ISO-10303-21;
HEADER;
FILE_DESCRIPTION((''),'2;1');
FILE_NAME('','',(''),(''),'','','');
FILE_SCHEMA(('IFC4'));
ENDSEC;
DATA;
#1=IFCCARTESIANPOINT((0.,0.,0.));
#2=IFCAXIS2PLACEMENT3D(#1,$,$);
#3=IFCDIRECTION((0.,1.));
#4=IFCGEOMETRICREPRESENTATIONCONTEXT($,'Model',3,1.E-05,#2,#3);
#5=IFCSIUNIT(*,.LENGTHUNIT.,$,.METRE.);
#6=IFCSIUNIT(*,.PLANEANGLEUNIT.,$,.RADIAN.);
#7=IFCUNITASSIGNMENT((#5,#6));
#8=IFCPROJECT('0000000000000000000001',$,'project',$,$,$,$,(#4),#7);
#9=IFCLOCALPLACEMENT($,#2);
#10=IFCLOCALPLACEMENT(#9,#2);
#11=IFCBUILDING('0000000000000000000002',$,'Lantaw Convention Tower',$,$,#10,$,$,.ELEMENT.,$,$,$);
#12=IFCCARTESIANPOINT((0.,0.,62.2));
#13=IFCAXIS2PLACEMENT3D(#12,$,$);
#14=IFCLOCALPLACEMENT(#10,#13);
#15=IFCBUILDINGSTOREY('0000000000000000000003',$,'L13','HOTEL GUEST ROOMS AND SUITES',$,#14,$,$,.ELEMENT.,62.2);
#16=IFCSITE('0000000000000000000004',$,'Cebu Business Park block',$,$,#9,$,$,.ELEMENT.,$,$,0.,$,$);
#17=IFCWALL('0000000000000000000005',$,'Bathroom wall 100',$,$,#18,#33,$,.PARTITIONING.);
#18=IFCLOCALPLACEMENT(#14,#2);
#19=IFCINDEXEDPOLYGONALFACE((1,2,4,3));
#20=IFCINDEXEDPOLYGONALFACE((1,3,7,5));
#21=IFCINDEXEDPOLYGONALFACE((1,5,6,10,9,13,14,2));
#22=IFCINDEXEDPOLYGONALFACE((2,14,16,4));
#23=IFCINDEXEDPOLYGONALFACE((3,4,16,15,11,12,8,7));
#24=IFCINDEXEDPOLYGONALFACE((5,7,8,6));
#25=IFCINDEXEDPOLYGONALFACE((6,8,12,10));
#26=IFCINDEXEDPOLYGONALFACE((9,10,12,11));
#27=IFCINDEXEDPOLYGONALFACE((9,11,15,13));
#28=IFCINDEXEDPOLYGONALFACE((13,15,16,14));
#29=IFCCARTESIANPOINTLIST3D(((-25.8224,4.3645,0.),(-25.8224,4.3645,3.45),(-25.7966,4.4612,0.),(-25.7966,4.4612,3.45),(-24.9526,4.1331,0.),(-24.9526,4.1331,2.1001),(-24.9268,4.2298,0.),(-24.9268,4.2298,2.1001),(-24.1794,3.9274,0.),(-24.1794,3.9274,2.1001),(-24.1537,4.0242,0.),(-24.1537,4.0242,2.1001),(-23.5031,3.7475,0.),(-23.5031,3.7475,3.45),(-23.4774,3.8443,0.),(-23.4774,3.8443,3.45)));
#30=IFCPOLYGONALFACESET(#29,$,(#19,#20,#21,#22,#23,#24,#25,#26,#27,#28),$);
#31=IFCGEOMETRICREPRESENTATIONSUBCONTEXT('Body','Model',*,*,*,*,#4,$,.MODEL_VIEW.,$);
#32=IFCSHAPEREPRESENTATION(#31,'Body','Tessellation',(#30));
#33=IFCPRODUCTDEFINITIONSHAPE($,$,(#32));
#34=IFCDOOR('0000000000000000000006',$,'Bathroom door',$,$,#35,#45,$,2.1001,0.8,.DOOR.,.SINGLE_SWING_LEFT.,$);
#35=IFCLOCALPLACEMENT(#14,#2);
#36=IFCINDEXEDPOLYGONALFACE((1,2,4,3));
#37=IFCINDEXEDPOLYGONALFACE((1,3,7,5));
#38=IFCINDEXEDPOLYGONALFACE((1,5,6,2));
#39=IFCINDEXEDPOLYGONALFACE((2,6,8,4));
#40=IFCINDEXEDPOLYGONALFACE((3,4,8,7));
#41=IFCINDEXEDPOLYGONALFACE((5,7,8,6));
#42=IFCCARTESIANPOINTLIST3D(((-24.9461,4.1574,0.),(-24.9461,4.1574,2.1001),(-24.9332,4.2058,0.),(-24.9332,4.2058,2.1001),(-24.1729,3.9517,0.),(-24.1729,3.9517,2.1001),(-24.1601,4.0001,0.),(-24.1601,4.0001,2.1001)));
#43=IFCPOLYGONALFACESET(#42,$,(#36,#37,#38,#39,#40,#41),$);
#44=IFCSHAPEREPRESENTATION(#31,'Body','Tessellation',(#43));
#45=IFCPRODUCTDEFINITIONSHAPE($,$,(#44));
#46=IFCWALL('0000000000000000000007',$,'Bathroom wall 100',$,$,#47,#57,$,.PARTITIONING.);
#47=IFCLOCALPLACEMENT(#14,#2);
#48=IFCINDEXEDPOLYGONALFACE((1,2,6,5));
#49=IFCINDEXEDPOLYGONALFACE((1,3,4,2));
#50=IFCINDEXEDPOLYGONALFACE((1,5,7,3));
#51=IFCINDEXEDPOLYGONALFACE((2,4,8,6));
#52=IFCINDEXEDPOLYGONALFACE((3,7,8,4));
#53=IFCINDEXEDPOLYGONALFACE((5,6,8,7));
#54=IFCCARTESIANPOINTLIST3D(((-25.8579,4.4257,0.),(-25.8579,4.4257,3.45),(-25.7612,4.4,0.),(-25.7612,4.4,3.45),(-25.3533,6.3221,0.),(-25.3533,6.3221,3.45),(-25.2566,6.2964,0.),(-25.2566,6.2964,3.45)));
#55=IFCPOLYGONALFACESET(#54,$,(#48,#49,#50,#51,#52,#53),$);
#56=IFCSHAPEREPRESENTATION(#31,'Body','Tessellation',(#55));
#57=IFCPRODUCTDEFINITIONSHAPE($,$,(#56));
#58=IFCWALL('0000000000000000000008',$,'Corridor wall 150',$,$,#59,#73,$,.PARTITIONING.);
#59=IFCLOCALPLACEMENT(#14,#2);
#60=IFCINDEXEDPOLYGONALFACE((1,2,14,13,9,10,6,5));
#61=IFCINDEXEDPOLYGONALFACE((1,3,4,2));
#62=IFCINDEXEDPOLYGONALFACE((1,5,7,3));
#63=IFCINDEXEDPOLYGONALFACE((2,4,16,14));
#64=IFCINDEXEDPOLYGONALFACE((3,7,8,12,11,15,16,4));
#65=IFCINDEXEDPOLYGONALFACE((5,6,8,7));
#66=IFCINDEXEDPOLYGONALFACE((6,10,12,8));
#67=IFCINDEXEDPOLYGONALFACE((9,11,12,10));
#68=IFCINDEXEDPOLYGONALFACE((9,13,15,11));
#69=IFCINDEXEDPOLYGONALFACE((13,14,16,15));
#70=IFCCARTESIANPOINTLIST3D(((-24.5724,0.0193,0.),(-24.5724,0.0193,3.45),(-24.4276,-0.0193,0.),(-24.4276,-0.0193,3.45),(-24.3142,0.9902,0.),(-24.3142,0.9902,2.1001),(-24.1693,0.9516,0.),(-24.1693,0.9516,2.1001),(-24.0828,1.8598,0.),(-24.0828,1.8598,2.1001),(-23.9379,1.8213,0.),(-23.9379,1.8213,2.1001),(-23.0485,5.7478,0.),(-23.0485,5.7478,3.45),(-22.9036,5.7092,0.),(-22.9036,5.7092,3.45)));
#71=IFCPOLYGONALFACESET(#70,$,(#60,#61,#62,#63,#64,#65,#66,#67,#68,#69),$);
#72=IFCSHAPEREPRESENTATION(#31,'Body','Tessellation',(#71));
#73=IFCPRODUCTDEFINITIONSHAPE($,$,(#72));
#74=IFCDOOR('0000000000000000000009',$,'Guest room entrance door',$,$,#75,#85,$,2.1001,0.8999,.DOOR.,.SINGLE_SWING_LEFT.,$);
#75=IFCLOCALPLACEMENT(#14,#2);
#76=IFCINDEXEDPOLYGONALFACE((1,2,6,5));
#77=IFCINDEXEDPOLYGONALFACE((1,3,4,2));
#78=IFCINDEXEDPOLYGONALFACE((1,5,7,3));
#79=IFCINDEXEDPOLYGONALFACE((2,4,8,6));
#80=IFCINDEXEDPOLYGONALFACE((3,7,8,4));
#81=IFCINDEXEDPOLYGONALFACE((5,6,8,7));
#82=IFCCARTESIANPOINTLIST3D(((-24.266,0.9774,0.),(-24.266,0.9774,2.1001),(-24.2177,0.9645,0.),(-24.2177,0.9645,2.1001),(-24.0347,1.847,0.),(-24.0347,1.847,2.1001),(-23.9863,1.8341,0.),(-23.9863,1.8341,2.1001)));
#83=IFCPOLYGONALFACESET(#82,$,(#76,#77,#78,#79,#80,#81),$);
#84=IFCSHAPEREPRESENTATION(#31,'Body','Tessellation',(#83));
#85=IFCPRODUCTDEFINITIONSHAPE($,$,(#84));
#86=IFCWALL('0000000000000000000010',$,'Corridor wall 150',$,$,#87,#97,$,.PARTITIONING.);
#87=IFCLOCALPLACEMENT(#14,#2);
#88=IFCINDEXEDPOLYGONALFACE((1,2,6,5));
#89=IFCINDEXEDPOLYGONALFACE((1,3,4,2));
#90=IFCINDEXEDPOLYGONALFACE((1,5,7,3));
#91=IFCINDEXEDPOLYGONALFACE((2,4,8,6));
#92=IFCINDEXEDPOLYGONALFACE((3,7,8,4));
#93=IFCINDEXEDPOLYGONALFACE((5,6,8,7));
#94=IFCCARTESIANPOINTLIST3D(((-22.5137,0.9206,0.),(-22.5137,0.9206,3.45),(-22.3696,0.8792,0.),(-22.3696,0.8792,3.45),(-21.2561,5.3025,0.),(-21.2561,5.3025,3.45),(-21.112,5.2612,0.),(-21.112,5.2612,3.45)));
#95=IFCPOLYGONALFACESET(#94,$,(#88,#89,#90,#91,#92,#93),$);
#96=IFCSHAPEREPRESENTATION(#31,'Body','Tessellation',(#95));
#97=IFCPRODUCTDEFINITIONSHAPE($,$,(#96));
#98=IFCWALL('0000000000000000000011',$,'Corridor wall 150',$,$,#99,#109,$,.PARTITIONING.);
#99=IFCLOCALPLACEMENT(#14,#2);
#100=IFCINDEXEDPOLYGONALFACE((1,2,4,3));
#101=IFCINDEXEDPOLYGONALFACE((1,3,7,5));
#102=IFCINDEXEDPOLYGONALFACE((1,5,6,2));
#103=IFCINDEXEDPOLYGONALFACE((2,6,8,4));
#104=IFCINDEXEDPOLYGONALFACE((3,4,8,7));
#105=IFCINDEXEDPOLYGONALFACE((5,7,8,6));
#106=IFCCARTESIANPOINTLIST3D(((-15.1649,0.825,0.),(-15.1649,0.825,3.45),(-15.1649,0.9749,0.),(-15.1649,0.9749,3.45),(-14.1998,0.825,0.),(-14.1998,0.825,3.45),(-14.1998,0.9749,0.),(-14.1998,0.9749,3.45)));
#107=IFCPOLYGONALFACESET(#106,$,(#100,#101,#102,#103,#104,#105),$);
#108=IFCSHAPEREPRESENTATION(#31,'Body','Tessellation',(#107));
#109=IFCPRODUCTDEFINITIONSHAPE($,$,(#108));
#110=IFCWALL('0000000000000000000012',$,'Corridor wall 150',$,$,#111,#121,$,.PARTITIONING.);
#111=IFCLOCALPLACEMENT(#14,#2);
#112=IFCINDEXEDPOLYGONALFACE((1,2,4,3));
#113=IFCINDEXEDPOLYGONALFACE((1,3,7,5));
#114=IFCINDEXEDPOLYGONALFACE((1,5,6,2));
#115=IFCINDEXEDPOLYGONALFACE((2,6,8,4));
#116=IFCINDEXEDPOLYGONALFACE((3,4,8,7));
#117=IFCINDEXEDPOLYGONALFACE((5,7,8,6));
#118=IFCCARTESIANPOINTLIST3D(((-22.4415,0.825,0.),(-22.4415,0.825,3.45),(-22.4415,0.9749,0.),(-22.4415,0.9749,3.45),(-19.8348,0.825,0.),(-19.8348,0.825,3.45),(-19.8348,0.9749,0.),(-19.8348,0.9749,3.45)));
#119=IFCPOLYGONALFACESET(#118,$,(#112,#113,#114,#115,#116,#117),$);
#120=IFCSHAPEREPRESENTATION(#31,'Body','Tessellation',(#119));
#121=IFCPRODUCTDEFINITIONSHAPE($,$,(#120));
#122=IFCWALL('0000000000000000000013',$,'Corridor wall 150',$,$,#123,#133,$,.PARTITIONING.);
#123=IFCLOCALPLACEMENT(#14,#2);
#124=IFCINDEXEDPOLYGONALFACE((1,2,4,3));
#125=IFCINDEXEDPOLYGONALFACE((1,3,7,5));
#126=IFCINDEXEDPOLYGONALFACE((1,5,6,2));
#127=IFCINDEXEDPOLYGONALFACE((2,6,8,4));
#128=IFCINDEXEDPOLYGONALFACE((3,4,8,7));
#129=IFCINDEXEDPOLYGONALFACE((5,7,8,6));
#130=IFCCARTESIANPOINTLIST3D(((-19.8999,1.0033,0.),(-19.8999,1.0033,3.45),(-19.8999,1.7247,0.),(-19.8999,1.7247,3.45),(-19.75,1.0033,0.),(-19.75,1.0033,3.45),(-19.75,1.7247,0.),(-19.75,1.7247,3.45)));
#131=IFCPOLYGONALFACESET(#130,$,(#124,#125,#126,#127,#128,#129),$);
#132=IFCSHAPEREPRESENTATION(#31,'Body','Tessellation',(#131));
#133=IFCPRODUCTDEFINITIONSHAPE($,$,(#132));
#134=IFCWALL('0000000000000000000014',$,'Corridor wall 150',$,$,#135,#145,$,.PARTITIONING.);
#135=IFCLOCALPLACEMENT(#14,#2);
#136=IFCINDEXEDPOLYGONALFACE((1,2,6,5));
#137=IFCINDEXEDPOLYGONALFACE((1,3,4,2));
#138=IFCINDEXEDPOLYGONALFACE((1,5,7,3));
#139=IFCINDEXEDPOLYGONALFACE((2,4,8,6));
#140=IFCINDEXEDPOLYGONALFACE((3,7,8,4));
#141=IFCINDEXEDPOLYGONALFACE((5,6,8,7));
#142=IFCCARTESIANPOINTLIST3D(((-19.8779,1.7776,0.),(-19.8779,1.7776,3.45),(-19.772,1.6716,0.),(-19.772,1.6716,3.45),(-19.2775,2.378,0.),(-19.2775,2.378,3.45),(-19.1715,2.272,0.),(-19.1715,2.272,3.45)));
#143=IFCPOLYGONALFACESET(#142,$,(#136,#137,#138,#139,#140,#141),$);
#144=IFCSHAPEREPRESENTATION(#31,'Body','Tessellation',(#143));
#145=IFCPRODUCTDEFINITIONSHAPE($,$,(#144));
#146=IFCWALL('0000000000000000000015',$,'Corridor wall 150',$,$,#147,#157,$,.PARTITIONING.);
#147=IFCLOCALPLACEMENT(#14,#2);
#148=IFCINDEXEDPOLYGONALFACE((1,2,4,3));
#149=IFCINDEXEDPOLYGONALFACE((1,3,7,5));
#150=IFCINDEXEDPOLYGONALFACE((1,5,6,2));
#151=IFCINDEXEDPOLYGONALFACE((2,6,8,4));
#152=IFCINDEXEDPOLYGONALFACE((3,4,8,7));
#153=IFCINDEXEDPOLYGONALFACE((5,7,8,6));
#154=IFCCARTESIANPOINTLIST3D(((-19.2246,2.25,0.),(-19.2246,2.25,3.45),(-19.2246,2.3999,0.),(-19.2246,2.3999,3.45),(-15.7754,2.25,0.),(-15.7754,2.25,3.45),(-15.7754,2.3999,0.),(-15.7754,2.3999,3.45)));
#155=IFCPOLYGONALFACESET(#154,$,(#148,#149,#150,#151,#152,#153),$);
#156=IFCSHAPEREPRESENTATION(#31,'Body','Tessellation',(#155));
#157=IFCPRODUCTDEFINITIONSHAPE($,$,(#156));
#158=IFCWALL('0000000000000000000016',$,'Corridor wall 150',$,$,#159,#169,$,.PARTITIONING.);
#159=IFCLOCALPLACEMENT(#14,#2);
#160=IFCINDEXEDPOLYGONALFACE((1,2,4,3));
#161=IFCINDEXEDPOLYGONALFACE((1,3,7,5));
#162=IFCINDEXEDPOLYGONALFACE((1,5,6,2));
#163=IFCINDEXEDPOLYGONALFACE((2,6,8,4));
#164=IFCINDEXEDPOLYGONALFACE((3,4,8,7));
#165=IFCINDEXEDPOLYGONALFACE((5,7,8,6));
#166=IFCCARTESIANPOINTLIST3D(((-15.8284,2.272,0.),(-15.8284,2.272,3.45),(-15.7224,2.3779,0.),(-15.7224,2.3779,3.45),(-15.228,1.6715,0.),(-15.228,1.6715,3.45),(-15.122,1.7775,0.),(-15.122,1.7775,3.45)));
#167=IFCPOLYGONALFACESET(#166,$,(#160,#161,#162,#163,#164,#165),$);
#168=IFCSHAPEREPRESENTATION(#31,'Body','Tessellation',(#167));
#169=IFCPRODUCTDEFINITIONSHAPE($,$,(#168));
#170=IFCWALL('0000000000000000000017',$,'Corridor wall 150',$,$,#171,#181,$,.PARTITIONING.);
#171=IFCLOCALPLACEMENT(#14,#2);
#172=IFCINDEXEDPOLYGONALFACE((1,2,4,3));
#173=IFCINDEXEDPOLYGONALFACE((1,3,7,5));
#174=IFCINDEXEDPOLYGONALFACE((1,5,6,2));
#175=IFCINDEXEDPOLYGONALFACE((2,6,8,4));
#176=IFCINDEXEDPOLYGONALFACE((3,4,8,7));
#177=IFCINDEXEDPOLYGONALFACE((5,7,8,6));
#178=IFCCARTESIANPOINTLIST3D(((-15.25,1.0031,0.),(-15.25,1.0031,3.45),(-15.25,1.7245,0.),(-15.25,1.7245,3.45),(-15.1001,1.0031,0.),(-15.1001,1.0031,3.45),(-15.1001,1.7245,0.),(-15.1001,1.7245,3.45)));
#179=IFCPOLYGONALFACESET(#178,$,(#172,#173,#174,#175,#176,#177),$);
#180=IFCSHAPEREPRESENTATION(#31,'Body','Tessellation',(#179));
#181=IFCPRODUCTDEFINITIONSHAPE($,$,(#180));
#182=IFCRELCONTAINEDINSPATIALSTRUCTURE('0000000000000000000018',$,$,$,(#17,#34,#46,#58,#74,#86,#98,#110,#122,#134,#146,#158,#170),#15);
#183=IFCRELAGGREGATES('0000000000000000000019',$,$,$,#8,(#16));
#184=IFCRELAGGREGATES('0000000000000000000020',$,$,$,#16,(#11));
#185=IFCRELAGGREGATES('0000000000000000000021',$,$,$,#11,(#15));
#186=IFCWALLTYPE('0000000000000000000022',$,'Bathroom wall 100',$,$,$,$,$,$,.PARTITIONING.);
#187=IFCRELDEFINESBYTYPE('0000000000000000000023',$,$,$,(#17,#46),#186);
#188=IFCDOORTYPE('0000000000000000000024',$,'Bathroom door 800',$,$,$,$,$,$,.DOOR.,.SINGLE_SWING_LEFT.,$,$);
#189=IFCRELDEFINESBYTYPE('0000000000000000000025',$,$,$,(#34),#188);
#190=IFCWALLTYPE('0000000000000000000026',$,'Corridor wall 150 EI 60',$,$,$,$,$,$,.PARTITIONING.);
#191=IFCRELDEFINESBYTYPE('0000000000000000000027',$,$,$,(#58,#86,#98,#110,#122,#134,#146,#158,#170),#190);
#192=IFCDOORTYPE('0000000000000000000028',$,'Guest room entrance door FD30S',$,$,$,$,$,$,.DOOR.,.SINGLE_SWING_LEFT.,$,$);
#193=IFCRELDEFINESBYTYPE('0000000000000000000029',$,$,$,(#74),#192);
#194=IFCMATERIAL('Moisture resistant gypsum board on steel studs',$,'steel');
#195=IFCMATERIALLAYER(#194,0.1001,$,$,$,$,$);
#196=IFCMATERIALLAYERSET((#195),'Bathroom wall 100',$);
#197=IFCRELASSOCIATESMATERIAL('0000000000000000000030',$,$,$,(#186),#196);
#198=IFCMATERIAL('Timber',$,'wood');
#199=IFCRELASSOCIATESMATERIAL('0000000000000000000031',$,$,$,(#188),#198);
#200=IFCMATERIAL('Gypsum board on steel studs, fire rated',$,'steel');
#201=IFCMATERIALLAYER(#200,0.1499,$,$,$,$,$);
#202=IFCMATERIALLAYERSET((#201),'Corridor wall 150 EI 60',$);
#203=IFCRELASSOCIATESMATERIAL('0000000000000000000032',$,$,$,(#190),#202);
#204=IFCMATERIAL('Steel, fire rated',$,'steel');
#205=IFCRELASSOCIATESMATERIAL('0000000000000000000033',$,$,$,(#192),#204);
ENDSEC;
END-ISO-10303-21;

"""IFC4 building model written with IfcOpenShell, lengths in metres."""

from ifc_helpers import new_model, si_unit, direction, frame, frame_2d, origin, place, context, subcontext, project, spatial, rectangle, extrude, material, layer, layer_set, type_object, element, fill, save


model = new_model("IFC4")

# Units and contexts
model_context = context("Model", 3, precision=1e-05, world=origin(), true_north=direction((0.0, 1.0)))
body_context = subcontext(model_context, "Body", "Model", "MODEL_VIEW")
ifc_project = project(units=[si_unit("LENGTHUNIT", "METRE"), si_unit("PLANEANGLEUNIT", "RADIAN")], contexts=[model_context])

# Site, building, storey
site_placement = place(None, origin())
site = spatial("IfcSite", under=ifc_project, at=site_placement, Name="Cebu Business Park block", CompositionType="ELEMENT", RefElevation=0.0)
building_placement = place(site_placement, origin())
building = spatial("IfcBuilding", under=site, at=building_placement, Name="Lantaw Convention Tower", CompositionType="ELEMENT")
storey_placement = place(building_placement, frame((0.0, 0.0, 62.2)))
storey = spatial("IfcBuildingStorey", under=building, at=storey_placement, Name="L13", Description="HOTEL GUEST ROOMS AND SUITES", CompositionType="ELEMENT", Elevation=62.2)

# Wall, opening, door
ifc_material_1 = material(Name="Moisture resistant gypsum board on steel studs", Category="steel")
ifc_layer_1 = layer(ifc_material_1, 0.1001)
ifc_layer_set_1 = layer_set([ifc_layer_1], Name="Bathroom wall 100")
wall_type_1 = type_object("IfcWallType", Name="Bathroom wall 100", PredefinedType="PARTITIONING", material=ifc_layer_set_1)
wall_1_placement = place(storey_placement, frame((-23.4902, 3.7959, 0.0), z_axis=(0.0, 0.0, 1.0), x_axis=(-0.966395, 0.257061, 0.0)))
wall_1 = element("IfcWall", 1, at=wall_1_placement, inside=storey, type_object=wall_type_1, Name="Bathroom wall 100", PredefinedType="PARTITIONING", context=body_context, shape_type="SweptSolid", body=[
    extrude(rectangle(XDim=2.3999, YDim=0.1001, at=frame_2d((1.2, 0.0))), origin(), (0.0, 0.0, 1.0), 3.45),
])
opening_1_placement = place(wall_1_placement, frame((0.7, 0.0, 0.0)))
opening_1 = element("IfcOpeningElement", 2, at=opening_1_placement, cuts=wall_1, PredefinedType="OPENING", context=body_context, shape_type="SweptSolid", body=[
    extrude(rectangle(XDim=0.8, YDim=2.1001, at=frame_2d((0.3999, 1.05))), frame((0.0, 0.0601, 0.0), z_axis=(0.0, -1.0, 0.0), x_axis=(1.0, 0.0, 0.0)), (0.0, 0.0, 1.0), 0.1201),
])
ifc_material_2 = material(Name="Timber", Category="wood")
door_type_1 = type_object("IfcDoorType", Name="Bathroom door 800", OperationType="SINGLE_SWING_LEFT", PredefinedType="DOOR", material=ifc_material_2)
door_1_placement = place(opening_1_placement, origin())
door_1 = element("IfcDoor", 3, at=door_1_placement, inside=storey, type_object=door_type_1, Name="Bathroom door", OperationType="SINGLE_SWING_LEFT", OverallHeight=2.1001, OverallWidth=0.8, PredefinedType="DOOR", context=body_context, shape_type="SweptSolid", body=[
    extrude(rectangle(XDim=0.8, YDim=2.1001, at=frame_2d((0.3999, 1.05))), frame((0.0, 0.0249, 0.0), z_axis=(0.0, -1.0, 0.0), x_axis=(1.0, 0.0, 0.0)), (0.0, 0.0, 1.0), 0.05),
])
fill(opening_1, door_1)

# Wall
wall_2_placement = place(storey_placement, frame((-25.8096, 4.4128, 0.0), z_axis=(0.0, 0.0, 1.0), x_axis=(0.257144, 0.966373, 0.0)))
element("IfcWall", 4, at=wall_2_placement, inside=storey, type_object=wall_type_1, Name="Bathroom wall 100", PredefinedType="PARTITIONING", context=body_context, shape_type="SweptSolid", body=[
    extrude(rectangle(XDim=1.9624, YDim=0.1001, at=frame_2d((0.9812, 0.0))), origin(), (0.0, 0.0, 1.0), 3.45),
])

# Wall, opening, door
ifc_material_3 = material(Name="Gypsum board on steel studs, fire rated", Category="steel")
ifc_layer_2 = layer(ifc_material_3, 0.1499)
ifc_layer_set_2 = layer_set([ifc_layer_2], Name="Corridor wall 150 EI 60")
wall_type_2 = type_object("IfcWallType", Name="Corridor wall 150 EI 60", PredefinedType="PARTITIONING", material=ifc_layer_set_2)
wall_3_placement = place(storey_placement, frame((-22.9761, 5.7285, 0.0), z_axis=(0.0, 0.0, 1.0), x_axis=(-0.257083, -0.966389, 0.0)))
wall_3 = element("IfcWall", 5, at=wall_3_placement, inside=storey, type_object=wall_type_2, Name="Corridor wall 150", PredefinedType="PARTITIONING", context=body_context, shape_type="SweptSolid", body=[
    extrude(rectangle(XDim=5.9277, YDim=0.1499, at=frame_2d((2.9639, 0.0))), origin(), (0.0, 0.0, 1.0), 3.45),
])
opening_2_placement = place(wall_3_placement, frame((4.0232, 0.0, 0.0)))
opening_2 = element("IfcOpeningElement", 6, at=opening_2_placement, cuts=wall_3, PredefinedType="OPENING", context=body_context, shape_type="SweptSolid", body=[
    extrude(rectangle(XDim=0.8999, YDim=2.1001, at=frame_2d((0.45, 1.05))), frame((0.0, 0.085, 0.0), z_axis=(0.0, -1.0, 0.0), x_axis=(1.0, 0.0, 0.0)), (0.0, 0.0, 1.0), 0.1699),
])
ifc_material_4 = material(Name="Steel, fire rated", Category="steel")
door_type_2 = type_object("IfcDoorType", Name="Guest room entrance door FD30S", OperationType="SINGLE_SWING_LEFT", PredefinedType="DOOR", material=ifc_material_4)
door_2_placement = place(opening_2_placement, origin())
door_2 = element("IfcDoor", 7, at=door_2_placement, inside=storey, type_object=door_type_2, Name="Guest room entrance door", OperationType="SINGLE_SWING_LEFT", OverallHeight=2.1001, OverallWidth=0.8999, PredefinedType="DOOR", context=body_context, shape_type="SweptSolid", body=[
    extrude(rectangle(XDim=0.8999, YDim=2.1001, at=frame_2d((0.45, 1.05))), frame((0.0, 0.0249, 0.0), z_axis=(0.0, -1.0, 0.0), x_axis=(1.0, 0.0, 0.0)), (0.0, 0.0, 1.0), 0.05),
])
fill(opening_2, door_2)

# Walls
wall_4_placement = place(storey_placement, frame((-21.1841, 5.2817, 0.0), z_axis=(0.0, 0.0, 1.0), x_axis=(-0.27586, -0.961198, 0.0)))
element("IfcWall", 8, at=wall_4_placement, inside=storey, type_object=wall_type_2, Name="Corridor wall 150", PredefinedType="PARTITIONING", context=body_context, shape_type="SweptSolid", body=[
    extrude(rectangle(XDim=4.5588, YDim=0.1499, at=frame_2d((2.2793, 0.0))), origin(), (0.0, 0.0, 1.0), 3.45),
])
wall_5_placement = place(storey_placement, frame((-14.2, 0.8999, 0.0), z_axis=(0.0, 0.0, 1.0), x_axis=(-1.0, 0.0, 0.0)))
element("IfcWall", 9, at=wall_5_placement, inside=storey, type_object=wall_type_2, Name="Corridor wall 150", PredefinedType="PARTITIONING", context=body_context, shape_type="SweptSolid", body=[
    extrude(rectangle(XDim=0.9651, YDim=0.1499, at=frame_2d((0.4824, 0.0))), origin(), (0.0, 0.0, 1.0), 3.45),
])
wall_6_placement = place(storey_placement, frame((-19.835, 0.8999, 0.0), z_axis=(0.0, 0.0, 1.0), x_axis=(-1.0, 0.0, 0.0)))
element("IfcWall", 10, at=wall_6_placement, inside=storey, type_object=wall_type_2, Name="Corridor wall 150", PredefinedType="PARTITIONING", context=body_context, shape_type="SweptSolid", body=[
    extrude(rectangle(XDim=2.6067, YDim=0.1499, at=frame_2d((1.3032, 0.0))), origin(), (0.0, 0.0, 1.0), 3.45),
])
wall_7_placement = place(storey_placement, frame((-19.825, 1.0032, 0.0), z_axis=(0.0, 0.0, 1.0), x_axis=(0.0, 1.0, 0.0)))
element("IfcWall", 11, at=wall_7_placement, inside=storey, type_object=wall_type_2, Name="Corridor wall 150", PredefinedType="PARTITIONING", context=body_context, shape_type="SweptSolid", body=[
    extrude(rectangle(XDim=0.7214, YDim=0.1499, at=frame_2d((0.3608, 0.0))), origin(), (0.0, 0.0, 1.0), 3.45),
])
wall_8_placement = place(storey_placement, frame((-19.825, 1.7246, 0.0), z_axis=(0.0, 0.0, 1.0), x_axis=(0.707107, 0.707107, 0.0)))
element("IfcWall", 12, at=wall_8_placement, inside=storey, type_object=wall_type_2, Name="Corridor wall 150", PredefinedType="PARTITIONING", context=body_context, shape_type="SweptSolid", body=[
    extrude(rectangle(XDim=0.8491, YDim=0.1499, at=frame_2d((0.4246, 0.0))), origin(), (0.0, 0.0, 1.0), 3.45),
])
wall_9_placement = place(storey_placement, frame((-19.2246, 2.325, 0.0), z_axis=(0.0, 0.0, 1.0), x_axis=(1.0, 0.0, 0.0)))
element("IfcWall", 13, at=wall_9_placement, inside=storey, type_object=wall_type_2, Name="Corridor wall 150", PredefinedType="PARTITIONING", context=body_context, shape_type="SweptSolid", body=[
    extrude(rectangle(XDim=3.4492, YDim=0.1499, at=frame_2d((1.7246, 0.0))), origin(), (0.0, 0.0, 1.0), 3.45),
])
wall_10_placement = place(storey_placement, frame((-15.7754, 2.325, 0.0), z_axis=(0.0, 0.0, 1.0), x_axis=(0.707107, -0.707107, 0.0)))
element("IfcWall", 14, at=wall_10_placement, inside=storey, type_object=wall_type_2, Name="Corridor wall 150", PredefinedType="PARTITIONING", context=body_context, shape_type="SweptSolid", body=[
    extrude(rectangle(XDim=0.8491, YDim=0.1499, at=frame_2d((0.4246, 0.0))), origin(), (0.0, 0.0, 1.0), 3.45),
])
wall_11_placement = place(storey_placement, frame((-15.175, 1.7246, 0.0), z_axis=(0.0, 0.0, 1.0), x_axis=(0.0, -1.0, 0.0)))
element("IfcWall", 15, at=wall_11_placement, inside=storey, type_object=wall_type_2, Name="Corridor wall 150", PredefinedType="PARTITIONING", context=body_context, shape_type="SweptSolid", body=[
    extrude(rectangle(XDim=0.7214, YDim=0.1499, at=frame_2d((0.3608, 0.0))), origin(), (0.0, 0.0, 1.0), 3.45),
])

save(model, "model.ifc")
